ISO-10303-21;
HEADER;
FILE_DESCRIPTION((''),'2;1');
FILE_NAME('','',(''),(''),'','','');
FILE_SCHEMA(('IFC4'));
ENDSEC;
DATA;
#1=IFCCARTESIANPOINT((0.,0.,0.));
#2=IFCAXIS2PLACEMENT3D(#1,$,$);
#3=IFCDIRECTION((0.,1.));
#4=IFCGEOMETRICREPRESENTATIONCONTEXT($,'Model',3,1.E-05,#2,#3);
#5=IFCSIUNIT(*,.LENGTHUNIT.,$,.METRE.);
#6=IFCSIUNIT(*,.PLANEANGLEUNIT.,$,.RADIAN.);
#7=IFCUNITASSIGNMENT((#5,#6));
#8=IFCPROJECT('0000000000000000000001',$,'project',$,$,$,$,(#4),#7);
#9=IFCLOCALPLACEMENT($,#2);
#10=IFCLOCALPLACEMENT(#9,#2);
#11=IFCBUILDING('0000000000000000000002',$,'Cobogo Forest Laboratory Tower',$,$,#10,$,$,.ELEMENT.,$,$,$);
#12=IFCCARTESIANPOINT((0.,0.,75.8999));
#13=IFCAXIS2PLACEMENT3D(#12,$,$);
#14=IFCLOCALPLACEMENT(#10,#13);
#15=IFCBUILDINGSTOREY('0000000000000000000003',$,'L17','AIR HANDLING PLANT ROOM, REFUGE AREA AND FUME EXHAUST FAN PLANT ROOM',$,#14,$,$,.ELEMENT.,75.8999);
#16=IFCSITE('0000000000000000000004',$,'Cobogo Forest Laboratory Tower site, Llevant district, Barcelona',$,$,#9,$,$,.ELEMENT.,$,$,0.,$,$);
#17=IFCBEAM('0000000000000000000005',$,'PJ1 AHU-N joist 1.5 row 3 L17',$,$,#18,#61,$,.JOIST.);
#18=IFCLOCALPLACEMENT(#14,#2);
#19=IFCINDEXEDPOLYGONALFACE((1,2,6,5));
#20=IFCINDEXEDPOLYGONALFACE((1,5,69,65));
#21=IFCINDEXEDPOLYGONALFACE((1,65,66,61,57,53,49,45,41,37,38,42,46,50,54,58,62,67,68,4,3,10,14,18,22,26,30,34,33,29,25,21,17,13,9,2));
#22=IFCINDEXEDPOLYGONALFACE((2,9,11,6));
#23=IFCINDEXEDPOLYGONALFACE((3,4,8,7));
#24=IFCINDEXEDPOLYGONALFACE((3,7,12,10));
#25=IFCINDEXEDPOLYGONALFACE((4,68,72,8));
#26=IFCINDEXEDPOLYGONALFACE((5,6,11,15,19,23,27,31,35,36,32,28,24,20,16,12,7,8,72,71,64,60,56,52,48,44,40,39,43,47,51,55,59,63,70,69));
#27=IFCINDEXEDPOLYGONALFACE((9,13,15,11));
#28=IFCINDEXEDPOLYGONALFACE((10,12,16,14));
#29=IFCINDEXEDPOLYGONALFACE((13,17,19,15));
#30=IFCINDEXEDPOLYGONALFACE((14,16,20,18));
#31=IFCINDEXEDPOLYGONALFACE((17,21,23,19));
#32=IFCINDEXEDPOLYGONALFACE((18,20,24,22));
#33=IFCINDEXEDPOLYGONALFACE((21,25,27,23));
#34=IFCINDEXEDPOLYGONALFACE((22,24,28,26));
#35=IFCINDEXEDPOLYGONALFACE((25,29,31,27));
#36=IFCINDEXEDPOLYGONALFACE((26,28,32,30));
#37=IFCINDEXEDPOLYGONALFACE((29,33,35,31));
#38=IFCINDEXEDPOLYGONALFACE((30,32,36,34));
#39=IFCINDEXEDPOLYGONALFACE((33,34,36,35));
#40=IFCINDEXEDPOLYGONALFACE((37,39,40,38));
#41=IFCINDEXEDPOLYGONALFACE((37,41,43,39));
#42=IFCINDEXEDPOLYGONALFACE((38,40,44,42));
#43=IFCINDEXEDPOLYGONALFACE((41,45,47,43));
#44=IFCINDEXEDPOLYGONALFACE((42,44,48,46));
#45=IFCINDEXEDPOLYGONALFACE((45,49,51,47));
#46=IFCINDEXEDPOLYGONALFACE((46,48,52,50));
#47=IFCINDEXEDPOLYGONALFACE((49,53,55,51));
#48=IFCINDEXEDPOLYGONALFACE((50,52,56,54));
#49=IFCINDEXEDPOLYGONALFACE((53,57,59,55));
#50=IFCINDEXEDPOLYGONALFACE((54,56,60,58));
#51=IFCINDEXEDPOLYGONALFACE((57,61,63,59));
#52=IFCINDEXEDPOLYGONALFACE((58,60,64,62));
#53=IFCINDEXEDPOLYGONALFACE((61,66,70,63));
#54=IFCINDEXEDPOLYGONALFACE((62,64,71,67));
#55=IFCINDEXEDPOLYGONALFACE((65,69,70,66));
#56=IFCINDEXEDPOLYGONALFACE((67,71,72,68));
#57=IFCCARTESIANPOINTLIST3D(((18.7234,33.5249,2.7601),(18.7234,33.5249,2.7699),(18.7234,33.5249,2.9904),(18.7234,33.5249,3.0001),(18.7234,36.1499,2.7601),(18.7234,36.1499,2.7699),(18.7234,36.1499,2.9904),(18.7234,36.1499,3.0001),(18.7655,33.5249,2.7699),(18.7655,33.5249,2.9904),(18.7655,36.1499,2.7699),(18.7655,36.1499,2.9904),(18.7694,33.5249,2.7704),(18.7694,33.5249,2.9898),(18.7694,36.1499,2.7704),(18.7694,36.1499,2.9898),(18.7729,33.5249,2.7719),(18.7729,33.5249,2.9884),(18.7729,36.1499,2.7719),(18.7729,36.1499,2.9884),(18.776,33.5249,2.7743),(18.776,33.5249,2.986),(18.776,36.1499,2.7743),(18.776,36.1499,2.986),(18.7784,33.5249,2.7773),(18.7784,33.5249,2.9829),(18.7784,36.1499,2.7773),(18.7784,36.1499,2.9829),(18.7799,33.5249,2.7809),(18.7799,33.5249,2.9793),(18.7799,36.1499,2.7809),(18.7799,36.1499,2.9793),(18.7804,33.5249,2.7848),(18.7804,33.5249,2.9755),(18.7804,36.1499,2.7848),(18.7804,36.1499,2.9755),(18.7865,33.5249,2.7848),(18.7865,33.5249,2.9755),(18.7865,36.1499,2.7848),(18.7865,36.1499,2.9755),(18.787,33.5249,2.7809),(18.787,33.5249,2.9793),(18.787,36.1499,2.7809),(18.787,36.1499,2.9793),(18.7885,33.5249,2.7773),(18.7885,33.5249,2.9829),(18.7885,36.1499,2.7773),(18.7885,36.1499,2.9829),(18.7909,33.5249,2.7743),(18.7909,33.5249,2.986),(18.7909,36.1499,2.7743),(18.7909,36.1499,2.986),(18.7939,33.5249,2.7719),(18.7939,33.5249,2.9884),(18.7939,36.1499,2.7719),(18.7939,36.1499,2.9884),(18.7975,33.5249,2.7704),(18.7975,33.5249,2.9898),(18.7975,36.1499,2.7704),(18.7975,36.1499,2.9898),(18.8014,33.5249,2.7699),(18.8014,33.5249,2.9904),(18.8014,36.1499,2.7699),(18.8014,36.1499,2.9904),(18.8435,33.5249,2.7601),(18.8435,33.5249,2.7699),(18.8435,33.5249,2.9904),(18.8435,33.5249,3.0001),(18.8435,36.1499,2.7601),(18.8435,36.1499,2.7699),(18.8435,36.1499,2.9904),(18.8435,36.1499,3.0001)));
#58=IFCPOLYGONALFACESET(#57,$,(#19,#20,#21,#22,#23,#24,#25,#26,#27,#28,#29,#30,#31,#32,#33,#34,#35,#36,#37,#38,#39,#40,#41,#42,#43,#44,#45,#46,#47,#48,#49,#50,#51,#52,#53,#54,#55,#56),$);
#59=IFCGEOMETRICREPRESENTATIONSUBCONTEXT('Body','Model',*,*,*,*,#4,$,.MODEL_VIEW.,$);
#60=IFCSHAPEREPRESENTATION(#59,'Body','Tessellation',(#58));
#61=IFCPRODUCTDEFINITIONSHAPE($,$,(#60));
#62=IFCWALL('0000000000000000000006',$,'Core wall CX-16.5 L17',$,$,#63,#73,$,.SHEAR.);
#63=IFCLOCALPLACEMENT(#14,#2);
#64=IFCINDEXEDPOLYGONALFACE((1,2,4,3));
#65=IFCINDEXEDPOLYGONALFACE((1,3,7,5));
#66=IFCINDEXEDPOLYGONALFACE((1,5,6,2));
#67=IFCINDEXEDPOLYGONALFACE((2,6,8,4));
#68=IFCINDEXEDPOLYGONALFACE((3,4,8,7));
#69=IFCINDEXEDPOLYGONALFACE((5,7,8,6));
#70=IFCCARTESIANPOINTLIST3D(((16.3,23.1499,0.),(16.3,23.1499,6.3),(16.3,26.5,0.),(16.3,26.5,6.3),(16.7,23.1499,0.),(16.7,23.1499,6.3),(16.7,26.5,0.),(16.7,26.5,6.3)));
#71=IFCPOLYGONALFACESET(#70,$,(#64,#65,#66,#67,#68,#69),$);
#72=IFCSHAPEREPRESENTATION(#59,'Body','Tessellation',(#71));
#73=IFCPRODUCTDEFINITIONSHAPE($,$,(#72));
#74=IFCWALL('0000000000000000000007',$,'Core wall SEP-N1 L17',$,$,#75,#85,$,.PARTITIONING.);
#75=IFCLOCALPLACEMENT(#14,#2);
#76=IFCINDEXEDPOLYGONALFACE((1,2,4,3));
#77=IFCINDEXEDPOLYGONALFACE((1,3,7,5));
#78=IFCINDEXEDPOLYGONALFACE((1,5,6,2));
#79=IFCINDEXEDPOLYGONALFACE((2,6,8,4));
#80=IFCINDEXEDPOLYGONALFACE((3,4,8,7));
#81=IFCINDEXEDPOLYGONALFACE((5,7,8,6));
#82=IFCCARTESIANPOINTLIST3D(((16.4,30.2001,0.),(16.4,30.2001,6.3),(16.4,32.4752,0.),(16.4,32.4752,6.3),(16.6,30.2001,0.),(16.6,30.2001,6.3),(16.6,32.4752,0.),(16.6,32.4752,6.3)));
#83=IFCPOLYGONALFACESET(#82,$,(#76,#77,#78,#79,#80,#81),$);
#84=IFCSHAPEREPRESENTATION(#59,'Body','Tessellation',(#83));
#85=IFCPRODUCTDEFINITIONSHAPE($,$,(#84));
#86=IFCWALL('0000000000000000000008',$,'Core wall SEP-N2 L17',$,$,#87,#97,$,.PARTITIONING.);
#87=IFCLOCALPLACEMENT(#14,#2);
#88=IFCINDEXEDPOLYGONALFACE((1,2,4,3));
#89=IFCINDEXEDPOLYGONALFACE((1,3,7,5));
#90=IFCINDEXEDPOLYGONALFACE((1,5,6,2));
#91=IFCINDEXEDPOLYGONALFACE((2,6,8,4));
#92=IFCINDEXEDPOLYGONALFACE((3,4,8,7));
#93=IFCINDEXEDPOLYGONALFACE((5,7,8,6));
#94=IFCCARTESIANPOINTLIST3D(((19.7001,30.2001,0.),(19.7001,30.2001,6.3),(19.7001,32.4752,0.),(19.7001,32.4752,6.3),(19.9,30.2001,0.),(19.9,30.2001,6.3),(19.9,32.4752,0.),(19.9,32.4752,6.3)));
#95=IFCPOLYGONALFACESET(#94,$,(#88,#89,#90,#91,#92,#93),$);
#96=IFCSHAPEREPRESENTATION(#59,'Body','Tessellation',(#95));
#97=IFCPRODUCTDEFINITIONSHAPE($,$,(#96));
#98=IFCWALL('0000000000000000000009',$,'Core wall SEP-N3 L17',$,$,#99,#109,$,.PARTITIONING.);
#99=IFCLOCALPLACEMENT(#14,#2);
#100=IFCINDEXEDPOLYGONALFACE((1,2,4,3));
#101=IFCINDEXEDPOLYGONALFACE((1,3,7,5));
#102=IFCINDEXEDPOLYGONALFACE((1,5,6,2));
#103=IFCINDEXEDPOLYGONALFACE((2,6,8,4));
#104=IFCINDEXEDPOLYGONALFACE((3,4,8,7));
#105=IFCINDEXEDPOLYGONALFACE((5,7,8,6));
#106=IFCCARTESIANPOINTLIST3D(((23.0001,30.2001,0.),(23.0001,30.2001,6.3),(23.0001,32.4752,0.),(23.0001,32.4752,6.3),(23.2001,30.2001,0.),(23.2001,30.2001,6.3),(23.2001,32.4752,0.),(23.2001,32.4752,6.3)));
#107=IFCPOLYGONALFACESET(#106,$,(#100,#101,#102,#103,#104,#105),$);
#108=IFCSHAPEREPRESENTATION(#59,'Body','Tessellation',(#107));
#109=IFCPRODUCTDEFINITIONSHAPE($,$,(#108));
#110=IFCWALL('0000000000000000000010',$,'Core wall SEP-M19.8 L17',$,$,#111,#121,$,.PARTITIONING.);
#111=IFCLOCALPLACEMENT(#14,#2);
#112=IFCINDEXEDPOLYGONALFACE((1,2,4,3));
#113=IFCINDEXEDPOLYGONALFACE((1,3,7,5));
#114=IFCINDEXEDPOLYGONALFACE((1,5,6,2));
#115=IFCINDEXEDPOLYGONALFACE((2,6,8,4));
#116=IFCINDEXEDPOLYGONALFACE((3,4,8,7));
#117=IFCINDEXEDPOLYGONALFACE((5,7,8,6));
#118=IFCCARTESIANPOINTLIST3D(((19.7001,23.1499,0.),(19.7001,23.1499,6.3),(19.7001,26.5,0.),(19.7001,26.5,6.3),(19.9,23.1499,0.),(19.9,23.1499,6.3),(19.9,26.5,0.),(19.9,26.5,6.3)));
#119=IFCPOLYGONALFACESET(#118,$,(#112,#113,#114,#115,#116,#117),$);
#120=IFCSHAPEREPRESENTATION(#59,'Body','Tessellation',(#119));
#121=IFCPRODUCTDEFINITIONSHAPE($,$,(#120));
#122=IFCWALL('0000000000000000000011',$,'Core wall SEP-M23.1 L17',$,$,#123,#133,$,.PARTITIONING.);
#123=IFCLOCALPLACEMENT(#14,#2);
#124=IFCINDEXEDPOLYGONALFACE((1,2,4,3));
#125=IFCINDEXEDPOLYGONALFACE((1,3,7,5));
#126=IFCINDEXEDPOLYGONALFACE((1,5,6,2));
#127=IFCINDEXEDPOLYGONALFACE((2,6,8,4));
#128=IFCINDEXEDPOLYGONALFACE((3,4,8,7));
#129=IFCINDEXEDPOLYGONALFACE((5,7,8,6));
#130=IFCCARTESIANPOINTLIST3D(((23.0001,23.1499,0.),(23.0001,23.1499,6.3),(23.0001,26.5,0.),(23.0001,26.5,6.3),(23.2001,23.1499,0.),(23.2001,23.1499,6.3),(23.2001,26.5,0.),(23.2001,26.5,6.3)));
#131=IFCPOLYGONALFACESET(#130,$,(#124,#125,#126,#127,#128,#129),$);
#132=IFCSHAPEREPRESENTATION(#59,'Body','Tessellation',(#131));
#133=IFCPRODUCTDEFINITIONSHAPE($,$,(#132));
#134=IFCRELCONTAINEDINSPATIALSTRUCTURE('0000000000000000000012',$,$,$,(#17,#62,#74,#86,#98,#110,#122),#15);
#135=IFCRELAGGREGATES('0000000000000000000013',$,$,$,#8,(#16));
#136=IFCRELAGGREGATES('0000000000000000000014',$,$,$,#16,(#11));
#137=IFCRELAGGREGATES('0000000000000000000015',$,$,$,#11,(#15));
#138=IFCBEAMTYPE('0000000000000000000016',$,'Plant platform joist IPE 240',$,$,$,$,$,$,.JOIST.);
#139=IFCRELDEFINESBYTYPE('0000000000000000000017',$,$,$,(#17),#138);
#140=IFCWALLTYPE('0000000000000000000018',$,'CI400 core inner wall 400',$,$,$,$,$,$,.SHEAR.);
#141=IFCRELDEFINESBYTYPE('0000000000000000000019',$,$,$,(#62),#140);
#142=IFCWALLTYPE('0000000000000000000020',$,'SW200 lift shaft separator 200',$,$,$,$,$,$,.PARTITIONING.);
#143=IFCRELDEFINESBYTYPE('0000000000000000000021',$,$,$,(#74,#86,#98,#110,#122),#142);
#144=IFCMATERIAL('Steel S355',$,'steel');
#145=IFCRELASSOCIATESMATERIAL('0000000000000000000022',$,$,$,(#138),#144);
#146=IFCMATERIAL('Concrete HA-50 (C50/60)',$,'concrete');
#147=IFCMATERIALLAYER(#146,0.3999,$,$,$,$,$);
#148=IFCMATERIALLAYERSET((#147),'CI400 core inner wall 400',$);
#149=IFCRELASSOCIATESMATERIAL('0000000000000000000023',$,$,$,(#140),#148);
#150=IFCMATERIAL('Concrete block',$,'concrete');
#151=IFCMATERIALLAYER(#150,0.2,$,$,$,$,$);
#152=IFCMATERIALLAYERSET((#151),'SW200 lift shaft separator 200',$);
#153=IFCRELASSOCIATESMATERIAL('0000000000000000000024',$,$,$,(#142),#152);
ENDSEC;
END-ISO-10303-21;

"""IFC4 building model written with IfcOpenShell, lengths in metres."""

from ifc_helpers import new_model, si_unit, direction, frame, frame_2d, origin, origin_2d, place, context, subcontext, project, spatial, rectangle, i_section, extrude, material, layer, layer_set, material_profile, profile_set, type_object, element, save


model = new_model("IFC4")

# Units and contexts
model_context = context("Model", 3, precision=1e-05, world=origin(), true_north=direction((0.0, 1.0)))
body_context = subcontext(model_context, "Body", "Model", "MODEL_VIEW")
ifc_project = project(units=[si_unit("LENGTHUNIT", "METRE"), si_unit("PLANEANGLEUNIT", "RADIAN")], contexts=[model_context])

# Site, building, storey
site_placement = place(None, origin())
site = spatial("IfcSite", under=ifc_project, at=site_placement, Name="Cobogo Forest Laboratory Tower site, Llevant district, Barcelona", CompositionType="ELEMENT", RefElevation=0.0)
building_placement = place(site_placement, origin())
building = spatial("IfcBuilding", under=site, at=building_placement, Name="Cobogo Forest Laboratory Tower", CompositionType="ELEMENT")
storey_placement = place(building_placement, frame((0.0, 0.0, 75.8999)))
storey = spatial("IfcBuildingStorey", under=building, at=storey_placement, Name="L17", Description="AIR HANDLING PLANT ROOM, REFUGE AREA AND FUME EXHAUST FAN PLANT ROOM", CompositionType="ELEMENT", Elevation=75.8999)

# Shared definitions
ifc_material_1 = material(Name="Steel S355", Category="steel")

# Beam
ifc_material_profile_1 = material_profile(ifc_material_1, i_section(OverallWidth=0.1201, OverallDepth=0.24, WebThickness=0.0061, FlangeThickness=0.0098, FilletRadius=0.0149, at=origin_2d()), Name="IPE 240")
ifc_profile_set_1 = profile_set([ifc_material_profile_1], Name="Steel S355")
beam_type_1 = type_object("IfcBeamType", Name="Plant platform joist IPE 240", PredefinedType="JOIST", material=ifc_profile_set_1)
for number, where, z_axis, x_axis, name in (
    (1, (18.7834, 36.1499, 2.8801), (0.0, -1.0, 0.0), (1.0, 0.0, 0.0), "PJ1 AHU-N joist 1.5 row 3 L17"),
):
    element("IfcBeam", number, at=place(storey_placement, frame(where, z_axis=z_axis, x_axis=x_axis)), inside=storey, type_object=beam_type_1, Name=name, PredefinedType="JOIST", context=body_context, shape_type="SweptSolid", body=[
        extrude(i_section(OverallWidth=0.1201, OverallDepth=0.24, WebThickness=0.0061, FlangeThickness=0.0098, FilletRadius=0.0149, at=origin_2d()), origin(), (0.0, 0.0, 1.0), 2.625),
    ])

# Walls
ifc_material_2 = material(Name="Concrete HA-50 (C50/60)", Category="concrete")
ifc_layer_1 = layer(ifc_material_2, 0.3999)
ifc_layer_set_1 = layer_set([ifc_layer_1], Name="CI400 core inner wall 400")
wall_type_1 = type_object("IfcWallType", Name="CI400 core inner wall 400", PredefinedType="SHEAR", material=ifc_layer_set_1)
wall_placement = place(storey_placement, frame((16.5, 23.1499, 0.0), z_axis=(0.0, 0.0, 1.0), x_axis=(0.0, 1.0, 0.0)))
element("IfcWall", 2, at=wall_placement, inside=storey, type_object=wall_type_1, Name="Core wall CX-16.5 L17", PredefinedType="SHEAR", context=body_context, shape_type="SweptSolid", body=[
    extrude(rectangle(XDim=3.3501, YDim=0.3999, at=frame_2d((1.675, 0.0))), origin(), (0.0, 0.0, 1.0), 6.3),
])
ifc_material_3 = material(Name="Concrete block", Category="concrete")
ifc_layer_2 = layer(ifc_material_3, 0.2)
ifc_layer_set_2 = layer_set([ifc_layer_2], Name="SW200 lift shaft separator 200")
wall_type_2 = type_object("IfcWallType", Name="SW200 lift shaft separator 200", PredefinedType="PARTITIONING", material=ifc_layer_set_2)
for number, where, z_axis, x_axis, name in (
    (3, (16.5, 30.2, 0.0), (0.0, 0.0, 1.0), (0.0, 1.0, 0.0), "Core wall SEP-N1 L17"),
    (4, (19.8, 30.2, 0.0), (0.0, 0.0, 1.0), (0.0, 1.0, 0.0), "Core wall SEP-N2 L17"),
    (5, (23.1001, 30.2, 0.0), (0.0, 0.0, 1.0), (0.0, 1.0, 0.0), "Core wall SEP-N3 L17"),
):
    element("IfcWall", number, at=place(storey_placement, frame(where, z_axis=z_axis, x_axis=x_axis)), inside=storey, type_object=wall_type_2, Name=name, PredefinedType="PARTITIONING", context=body_context, shape_type="SweptSolid", body=[
        extrude(rectangle(XDim=2.2751, YDim=0.2, at=frame_2d((1.1377, 0.0))), origin(), (0.0, 0.0, 1.0), 6.3),
    ])
for number, where, z_axis, x_axis, name in (
    (6, (19.8, 23.1499, 0.0), (0.0, 0.0, 1.0), (0.0, 1.0, 0.0), "Core wall SEP-M19.8 L17"),
    (7, (23.1001, 23.1499, 0.0), (0.0, 0.0, 1.0), (0.0, 1.0, 0.0), "Core wall SEP-M23.1 L17"),
):
    element("IfcWall", number, at=place(storey_placement, frame(where, z_axis=z_axis, x_axis=x_axis)), inside=storey, type_object=wall_type_2, Name=name, PredefinedType="PARTITIONING", context=body_context, shape_type="SweptSolid", body=[
        extrude(rectangle(XDim=3.3501, YDim=0.2, at=frame_2d((1.675, 0.0))), origin(), (0.0, 0.0, 1.0), 6.3),
    ])

save(model, "model.ifc")
